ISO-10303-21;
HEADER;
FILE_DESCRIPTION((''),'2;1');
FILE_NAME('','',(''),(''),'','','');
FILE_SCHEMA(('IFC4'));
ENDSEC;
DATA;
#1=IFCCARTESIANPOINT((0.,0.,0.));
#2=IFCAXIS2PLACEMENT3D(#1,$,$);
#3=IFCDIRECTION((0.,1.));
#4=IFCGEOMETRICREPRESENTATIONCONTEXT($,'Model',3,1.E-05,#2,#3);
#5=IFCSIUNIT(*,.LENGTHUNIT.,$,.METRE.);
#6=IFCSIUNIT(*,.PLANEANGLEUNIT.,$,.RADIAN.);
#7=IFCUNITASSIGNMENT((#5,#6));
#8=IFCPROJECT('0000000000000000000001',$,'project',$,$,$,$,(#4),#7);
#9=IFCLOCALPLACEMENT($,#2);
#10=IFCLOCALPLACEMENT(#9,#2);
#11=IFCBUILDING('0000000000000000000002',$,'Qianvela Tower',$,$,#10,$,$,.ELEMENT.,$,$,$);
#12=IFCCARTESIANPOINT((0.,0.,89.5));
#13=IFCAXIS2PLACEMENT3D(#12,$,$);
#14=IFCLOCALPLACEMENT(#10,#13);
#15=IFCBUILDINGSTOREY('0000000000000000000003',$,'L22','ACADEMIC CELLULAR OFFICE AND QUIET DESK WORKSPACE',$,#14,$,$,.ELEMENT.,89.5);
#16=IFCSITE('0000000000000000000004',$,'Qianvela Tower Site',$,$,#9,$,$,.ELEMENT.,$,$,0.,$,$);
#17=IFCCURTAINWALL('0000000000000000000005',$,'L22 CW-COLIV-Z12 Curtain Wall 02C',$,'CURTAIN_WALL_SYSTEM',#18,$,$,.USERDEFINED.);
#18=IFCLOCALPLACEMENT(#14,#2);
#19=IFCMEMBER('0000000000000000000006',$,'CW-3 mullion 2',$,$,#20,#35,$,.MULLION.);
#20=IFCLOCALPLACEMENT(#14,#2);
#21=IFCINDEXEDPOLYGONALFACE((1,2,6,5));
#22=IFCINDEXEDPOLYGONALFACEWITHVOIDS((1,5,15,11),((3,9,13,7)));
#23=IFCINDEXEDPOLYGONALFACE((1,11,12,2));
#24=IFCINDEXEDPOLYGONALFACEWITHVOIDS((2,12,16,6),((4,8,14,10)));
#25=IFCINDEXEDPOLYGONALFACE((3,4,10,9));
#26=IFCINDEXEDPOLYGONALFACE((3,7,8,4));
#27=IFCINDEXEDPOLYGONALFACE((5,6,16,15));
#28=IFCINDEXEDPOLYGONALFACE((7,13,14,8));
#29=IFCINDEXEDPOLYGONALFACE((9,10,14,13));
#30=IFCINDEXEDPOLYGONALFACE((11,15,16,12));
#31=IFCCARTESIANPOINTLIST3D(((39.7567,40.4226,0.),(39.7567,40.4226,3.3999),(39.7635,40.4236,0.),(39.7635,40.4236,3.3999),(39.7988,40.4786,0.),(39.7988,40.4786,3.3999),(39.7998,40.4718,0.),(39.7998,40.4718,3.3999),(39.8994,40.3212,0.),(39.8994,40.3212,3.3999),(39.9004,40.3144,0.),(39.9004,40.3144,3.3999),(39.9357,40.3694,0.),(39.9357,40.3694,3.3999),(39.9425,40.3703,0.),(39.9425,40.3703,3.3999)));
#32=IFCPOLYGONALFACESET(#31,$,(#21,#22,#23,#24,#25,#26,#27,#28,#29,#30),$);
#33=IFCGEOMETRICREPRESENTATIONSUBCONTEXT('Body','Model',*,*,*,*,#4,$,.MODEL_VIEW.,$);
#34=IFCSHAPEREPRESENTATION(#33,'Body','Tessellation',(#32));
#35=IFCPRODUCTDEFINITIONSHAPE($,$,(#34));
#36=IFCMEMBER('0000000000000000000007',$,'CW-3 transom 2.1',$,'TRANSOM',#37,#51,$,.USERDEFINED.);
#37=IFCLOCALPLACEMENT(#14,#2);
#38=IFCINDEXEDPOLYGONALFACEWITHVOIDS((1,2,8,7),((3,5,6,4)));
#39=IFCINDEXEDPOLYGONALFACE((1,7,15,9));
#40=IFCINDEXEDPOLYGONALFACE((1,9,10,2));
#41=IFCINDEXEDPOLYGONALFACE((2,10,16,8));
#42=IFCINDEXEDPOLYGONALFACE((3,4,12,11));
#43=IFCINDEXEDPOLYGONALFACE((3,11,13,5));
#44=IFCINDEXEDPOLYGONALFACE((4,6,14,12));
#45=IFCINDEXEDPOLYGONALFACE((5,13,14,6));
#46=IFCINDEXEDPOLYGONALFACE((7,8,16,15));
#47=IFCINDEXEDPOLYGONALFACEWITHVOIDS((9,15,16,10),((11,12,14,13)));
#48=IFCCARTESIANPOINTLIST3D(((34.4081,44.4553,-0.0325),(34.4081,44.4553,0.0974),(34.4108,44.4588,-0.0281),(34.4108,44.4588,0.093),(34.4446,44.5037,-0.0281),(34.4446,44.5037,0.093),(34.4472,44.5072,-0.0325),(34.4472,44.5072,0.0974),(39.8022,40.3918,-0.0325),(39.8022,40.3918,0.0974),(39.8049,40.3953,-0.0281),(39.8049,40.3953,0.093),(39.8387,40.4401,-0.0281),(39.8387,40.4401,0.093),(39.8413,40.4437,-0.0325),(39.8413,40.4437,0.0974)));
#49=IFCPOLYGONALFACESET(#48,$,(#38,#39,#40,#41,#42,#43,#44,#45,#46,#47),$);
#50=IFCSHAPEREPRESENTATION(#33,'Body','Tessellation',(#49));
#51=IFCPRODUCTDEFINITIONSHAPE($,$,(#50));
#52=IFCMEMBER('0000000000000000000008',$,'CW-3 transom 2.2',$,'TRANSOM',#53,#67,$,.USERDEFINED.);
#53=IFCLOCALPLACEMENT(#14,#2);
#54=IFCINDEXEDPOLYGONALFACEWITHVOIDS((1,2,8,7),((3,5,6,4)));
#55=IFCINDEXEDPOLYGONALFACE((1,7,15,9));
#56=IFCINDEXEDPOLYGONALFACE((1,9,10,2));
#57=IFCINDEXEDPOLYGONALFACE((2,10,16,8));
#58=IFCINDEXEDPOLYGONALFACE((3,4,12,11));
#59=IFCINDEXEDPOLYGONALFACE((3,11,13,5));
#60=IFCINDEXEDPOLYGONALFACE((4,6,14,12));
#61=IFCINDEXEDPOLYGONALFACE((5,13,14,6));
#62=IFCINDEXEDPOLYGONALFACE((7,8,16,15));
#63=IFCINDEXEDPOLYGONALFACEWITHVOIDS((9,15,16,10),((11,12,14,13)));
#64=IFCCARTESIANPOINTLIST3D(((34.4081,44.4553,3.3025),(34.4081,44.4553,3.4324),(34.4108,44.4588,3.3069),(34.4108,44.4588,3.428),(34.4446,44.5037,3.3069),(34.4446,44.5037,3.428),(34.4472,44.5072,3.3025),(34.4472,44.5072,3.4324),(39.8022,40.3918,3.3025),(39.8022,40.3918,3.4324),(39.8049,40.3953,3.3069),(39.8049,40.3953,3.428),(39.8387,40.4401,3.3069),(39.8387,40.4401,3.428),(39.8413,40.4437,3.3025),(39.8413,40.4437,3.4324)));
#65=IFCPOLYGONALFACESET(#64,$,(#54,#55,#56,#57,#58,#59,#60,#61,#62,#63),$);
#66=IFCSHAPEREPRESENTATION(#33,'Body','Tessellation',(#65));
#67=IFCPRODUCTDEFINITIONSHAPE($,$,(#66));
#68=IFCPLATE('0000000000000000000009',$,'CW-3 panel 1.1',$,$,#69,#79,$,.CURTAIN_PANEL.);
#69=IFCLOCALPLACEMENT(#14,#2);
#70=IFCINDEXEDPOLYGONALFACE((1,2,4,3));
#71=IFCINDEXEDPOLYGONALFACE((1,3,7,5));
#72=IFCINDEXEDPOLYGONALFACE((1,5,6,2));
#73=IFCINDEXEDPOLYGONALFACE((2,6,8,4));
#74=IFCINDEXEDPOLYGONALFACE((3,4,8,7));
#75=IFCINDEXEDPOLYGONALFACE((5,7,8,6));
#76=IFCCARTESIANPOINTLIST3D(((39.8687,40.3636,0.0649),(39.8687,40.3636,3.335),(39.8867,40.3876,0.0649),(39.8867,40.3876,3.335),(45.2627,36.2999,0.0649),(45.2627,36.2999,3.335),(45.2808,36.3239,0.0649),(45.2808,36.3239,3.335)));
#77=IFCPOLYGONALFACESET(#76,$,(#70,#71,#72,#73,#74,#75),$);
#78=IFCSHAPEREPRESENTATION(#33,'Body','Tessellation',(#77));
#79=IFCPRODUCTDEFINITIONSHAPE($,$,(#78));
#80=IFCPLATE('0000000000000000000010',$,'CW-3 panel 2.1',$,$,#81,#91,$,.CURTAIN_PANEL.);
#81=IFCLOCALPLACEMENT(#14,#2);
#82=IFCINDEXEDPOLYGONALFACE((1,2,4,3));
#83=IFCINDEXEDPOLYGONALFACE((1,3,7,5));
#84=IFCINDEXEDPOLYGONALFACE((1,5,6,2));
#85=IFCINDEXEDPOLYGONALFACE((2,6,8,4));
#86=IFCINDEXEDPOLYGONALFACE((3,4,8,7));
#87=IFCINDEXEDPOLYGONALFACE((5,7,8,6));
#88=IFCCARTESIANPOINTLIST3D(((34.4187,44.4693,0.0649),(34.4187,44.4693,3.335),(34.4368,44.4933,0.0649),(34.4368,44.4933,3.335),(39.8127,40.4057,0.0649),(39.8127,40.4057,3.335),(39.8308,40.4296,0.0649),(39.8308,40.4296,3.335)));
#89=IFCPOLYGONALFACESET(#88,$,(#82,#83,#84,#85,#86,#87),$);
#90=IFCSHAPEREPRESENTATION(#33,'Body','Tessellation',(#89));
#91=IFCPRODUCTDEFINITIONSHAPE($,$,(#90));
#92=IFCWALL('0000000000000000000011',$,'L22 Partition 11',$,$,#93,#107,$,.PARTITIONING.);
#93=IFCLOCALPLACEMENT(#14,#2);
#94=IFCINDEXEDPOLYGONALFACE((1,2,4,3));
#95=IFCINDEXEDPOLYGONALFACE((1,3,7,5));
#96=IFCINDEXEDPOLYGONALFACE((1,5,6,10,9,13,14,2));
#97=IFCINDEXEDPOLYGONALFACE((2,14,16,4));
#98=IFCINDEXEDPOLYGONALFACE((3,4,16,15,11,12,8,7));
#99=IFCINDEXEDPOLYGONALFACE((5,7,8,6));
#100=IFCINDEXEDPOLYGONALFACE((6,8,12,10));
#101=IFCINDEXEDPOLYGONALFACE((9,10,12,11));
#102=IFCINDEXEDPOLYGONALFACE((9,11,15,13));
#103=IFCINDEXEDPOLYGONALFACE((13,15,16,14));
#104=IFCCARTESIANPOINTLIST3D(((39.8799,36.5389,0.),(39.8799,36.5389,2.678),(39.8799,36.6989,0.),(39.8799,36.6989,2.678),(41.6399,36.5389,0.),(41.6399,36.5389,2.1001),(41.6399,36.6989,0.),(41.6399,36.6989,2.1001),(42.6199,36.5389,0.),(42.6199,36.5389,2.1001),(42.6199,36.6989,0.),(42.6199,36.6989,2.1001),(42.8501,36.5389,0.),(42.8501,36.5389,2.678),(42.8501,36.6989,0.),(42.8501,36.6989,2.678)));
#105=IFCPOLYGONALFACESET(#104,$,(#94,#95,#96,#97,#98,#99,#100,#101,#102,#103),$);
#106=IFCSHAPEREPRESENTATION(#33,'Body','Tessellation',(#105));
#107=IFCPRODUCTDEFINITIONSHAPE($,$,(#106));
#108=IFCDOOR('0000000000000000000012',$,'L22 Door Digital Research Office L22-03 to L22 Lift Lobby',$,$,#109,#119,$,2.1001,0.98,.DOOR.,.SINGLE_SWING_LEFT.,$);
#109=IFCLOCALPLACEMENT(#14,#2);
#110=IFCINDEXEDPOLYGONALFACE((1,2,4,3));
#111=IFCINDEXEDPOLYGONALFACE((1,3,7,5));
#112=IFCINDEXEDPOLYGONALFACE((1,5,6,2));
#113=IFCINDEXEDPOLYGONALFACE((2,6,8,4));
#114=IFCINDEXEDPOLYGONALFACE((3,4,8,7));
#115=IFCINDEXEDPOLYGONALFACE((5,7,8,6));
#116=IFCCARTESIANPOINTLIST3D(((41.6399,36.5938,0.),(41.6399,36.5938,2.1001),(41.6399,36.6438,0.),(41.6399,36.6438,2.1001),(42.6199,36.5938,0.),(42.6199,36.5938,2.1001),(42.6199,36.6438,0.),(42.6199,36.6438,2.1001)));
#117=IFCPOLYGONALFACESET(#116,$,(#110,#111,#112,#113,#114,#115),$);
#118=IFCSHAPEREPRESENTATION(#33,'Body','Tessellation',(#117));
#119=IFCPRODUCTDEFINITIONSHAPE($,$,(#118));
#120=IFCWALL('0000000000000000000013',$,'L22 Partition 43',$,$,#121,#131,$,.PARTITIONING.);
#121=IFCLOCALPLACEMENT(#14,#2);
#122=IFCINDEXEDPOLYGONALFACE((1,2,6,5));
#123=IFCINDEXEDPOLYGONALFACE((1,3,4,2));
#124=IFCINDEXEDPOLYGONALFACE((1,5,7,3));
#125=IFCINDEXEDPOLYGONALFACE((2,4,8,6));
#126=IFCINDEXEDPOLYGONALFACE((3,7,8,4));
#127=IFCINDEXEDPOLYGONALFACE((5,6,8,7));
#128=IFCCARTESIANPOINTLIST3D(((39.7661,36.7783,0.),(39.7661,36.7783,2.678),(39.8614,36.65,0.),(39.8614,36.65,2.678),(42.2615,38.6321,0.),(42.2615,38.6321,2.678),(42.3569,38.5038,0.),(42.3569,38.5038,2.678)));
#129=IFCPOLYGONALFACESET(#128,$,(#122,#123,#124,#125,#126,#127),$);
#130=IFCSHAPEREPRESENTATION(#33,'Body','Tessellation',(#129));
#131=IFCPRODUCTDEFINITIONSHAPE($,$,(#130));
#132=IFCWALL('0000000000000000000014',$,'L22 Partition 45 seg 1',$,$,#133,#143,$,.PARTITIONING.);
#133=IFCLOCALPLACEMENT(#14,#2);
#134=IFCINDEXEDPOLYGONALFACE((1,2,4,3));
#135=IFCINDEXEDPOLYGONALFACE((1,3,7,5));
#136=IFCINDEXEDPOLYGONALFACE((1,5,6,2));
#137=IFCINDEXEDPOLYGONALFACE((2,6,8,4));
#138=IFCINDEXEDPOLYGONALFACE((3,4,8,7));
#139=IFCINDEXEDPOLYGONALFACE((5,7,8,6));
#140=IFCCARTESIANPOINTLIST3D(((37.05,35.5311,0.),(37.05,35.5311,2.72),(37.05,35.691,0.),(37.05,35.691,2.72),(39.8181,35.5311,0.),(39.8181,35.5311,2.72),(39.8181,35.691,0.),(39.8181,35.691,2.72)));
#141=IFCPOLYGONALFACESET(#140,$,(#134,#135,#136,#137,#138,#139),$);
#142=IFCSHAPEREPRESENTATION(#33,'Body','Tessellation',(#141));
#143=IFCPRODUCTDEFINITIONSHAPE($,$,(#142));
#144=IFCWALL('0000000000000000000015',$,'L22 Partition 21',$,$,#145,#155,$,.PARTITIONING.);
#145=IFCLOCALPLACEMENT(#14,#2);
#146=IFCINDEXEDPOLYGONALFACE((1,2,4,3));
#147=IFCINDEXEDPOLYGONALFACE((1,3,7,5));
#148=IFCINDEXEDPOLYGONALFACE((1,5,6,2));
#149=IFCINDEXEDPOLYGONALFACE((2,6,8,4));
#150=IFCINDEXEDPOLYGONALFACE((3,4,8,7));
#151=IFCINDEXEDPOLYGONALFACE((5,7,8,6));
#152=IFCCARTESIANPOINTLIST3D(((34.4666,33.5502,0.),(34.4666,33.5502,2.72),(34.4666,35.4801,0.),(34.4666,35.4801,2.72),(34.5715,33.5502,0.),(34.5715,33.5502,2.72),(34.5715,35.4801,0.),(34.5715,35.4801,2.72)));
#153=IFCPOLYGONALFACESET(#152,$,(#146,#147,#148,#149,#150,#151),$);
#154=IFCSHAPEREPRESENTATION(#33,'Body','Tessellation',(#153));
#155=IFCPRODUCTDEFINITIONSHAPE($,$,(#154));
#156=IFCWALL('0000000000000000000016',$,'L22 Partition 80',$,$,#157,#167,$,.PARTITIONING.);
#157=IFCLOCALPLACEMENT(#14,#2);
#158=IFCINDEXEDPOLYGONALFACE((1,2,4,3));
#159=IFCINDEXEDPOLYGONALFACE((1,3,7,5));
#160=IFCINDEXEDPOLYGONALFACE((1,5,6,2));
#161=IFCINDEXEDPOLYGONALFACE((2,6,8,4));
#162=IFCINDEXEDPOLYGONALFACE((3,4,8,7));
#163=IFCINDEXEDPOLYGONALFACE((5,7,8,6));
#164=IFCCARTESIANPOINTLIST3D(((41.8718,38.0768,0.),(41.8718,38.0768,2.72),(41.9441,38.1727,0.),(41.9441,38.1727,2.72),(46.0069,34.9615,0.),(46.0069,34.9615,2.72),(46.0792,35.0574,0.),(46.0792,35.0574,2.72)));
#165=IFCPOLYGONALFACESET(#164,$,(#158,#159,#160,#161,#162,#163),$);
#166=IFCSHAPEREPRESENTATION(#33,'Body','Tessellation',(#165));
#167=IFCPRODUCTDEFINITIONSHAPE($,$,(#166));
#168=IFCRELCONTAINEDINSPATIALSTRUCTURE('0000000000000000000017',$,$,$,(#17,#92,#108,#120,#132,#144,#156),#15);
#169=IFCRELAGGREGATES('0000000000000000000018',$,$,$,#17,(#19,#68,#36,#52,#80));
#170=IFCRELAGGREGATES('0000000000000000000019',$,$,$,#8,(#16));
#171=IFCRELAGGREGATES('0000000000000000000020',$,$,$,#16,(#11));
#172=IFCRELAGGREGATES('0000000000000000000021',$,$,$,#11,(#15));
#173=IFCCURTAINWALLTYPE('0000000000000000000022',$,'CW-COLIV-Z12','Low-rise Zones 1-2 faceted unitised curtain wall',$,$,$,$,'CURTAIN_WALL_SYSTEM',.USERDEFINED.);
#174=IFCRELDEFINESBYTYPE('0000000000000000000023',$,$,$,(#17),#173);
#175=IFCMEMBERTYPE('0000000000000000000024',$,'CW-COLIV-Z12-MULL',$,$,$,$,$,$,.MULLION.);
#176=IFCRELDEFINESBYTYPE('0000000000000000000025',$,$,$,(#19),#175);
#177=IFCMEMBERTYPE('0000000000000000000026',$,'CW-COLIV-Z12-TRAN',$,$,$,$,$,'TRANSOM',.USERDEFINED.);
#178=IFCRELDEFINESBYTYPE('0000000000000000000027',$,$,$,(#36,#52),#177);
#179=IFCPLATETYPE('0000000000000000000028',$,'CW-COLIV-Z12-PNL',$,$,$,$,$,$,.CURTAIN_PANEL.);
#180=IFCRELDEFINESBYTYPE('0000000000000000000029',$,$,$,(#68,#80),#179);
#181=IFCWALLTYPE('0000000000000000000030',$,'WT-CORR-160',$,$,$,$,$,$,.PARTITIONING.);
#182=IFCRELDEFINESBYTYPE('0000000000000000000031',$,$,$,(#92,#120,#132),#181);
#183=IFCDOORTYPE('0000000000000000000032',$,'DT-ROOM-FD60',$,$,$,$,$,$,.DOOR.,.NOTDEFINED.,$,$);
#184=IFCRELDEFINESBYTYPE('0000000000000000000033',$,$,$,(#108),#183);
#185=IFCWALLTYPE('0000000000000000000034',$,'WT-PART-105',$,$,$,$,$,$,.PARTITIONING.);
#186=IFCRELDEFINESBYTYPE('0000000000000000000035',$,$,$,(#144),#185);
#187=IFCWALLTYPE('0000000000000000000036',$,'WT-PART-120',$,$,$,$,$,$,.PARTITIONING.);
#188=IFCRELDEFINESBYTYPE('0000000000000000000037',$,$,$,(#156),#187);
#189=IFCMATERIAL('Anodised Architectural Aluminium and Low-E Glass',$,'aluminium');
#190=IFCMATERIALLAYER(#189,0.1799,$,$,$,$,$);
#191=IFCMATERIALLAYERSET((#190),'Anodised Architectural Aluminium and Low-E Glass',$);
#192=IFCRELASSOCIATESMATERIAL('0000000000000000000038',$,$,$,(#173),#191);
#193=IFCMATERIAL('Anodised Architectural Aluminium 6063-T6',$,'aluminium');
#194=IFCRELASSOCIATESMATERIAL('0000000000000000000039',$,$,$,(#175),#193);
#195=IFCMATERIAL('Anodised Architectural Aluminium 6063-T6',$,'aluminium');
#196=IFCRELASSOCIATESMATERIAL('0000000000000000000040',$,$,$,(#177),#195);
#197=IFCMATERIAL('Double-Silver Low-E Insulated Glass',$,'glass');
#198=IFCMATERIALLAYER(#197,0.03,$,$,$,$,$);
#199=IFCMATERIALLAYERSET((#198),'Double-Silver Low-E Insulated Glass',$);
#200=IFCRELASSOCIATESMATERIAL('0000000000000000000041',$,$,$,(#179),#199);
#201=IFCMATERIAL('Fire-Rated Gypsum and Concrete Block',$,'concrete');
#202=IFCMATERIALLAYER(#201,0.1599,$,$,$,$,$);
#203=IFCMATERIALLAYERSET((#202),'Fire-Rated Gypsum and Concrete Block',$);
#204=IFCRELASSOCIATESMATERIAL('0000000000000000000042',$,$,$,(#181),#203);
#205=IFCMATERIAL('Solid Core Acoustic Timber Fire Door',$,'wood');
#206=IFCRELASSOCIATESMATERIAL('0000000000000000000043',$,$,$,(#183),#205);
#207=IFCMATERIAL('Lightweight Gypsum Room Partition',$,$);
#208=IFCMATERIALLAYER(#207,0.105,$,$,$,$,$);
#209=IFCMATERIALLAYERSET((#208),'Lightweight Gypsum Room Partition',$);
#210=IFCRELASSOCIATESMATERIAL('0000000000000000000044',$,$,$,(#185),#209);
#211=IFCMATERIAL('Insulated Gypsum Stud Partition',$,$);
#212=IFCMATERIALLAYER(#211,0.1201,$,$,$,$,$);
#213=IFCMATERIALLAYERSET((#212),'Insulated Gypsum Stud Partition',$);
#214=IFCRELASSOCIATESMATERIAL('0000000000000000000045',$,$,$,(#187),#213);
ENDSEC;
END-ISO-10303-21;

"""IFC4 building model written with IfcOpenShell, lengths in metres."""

from ifc_helpers import new_model, si_unit, direction, frame, frame_2d, origin, origin_2d, place, context, subcontext, project, spatial, rectangle, hollow_rectangle, extrude, material, layer, layer_set, material_profile, profile_set, type_object, element, fill, aggregate, save


model = new_model("IFC4")

# Units and contexts
model_context = context("Model", 3, precision=1e-05, world=origin(), true_north=direction((0.0, 1.0)))
body_context = subcontext(model_context, "Body", "Model", "MODEL_VIEW")
ifc_project = project(units=[si_unit("LENGTHUNIT", "METRE"), si_unit("PLANEANGLEUNIT", "RADIAN")], contexts=[model_context])

# Site, building, storey
site_placement = place(None, origin())
site = spatial("IfcSite", under=ifc_project, at=site_placement, Name="Qianvela Tower Site", CompositionType="ELEMENT", RefElevation=0.0)
building_placement = place(site_placement, origin())
building = spatial("IfcBuilding", under=site, at=building_placement, Name="Qianvela Tower", CompositionType="ELEMENT")
storey_placement = place(building_placement, frame((0.0, 0.0, 89.5)))
storey = spatial("IfcBuildingStorey", under=building, at=storey_placement, Name="L22", Description="ACADEMIC CELLULAR OFFICE AND QUIET DESK WORKSPACE", CompositionType="ELEMENT", Elevation=89.5)

# Curtain wall, members, plates
ifc_material_1 = material(Name="Anodised Architectural Aluminium and Low-E Glass", Category="aluminium")
ifc_layer_1 = layer(ifc_material_1, 0.1799)
ifc_layer_set_1 = layer_set([ifc_layer_1], Name="Anodised Architectural Aluminium and Low-E Glass")
curtain_wall_type = type_object("IfcCurtainWallType", Name="CW-COLIV-Z12", Description="Low-rise Zones 1-2 faceted unitised curtain wall", ElementType="CURTAIN_WALL_SYSTEM", PredefinedType="USERDEFINED", material=ifc_layer_set_1)
curtain_wall_placement = place(storey_placement, origin())
curtain_wall = element("IfcCurtainWall", 1, at=curtain_wall_placement, inside=storey, type_object=curtain_wall_type, Name="L22 CW-COLIV-Z12 Curtain Wall 02C", ObjectType="CURTAIN_WALL_SYSTEM", PredefinedType="USERDEFINED")
ifc_material_2 = material(Name="Anodised Architectural Aluminium 6063-T6", Category="aluminium")
ifc_material_profile_1 = material_profile(ifc_material_2, hollow_rectangle(XDim=0.0701, YDim=0.1799, WallThickness=0.0049, at=origin_2d()), Name="ALU-MULL-70x180")
ifc_profile_set_1 = profile_set([ifc_material_profile_1], Name="Anodised Architectural Aluminium 6063-T6")
member_type_1 = type_object("IfcMemberType", Name="CW-COLIV-Z12-MULL", PredefinedType="MULLION", material=ifc_profile_set_1)
member_1_placement = place(storey_placement, frame((39.8496, 40.3965, 0.0), z_axis=(0.0, 0.0, 1.0), x_axis=(-0.601713, -0.798712, 0.0)))
member_1 = element("IfcMember", 2, at=member_1_placement, type_object=member_type_1, Name="CW-3 mullion 2", PredefinedType="MULLION", context=body_context, shape_type="SweptSolid", body=[
    extrude(hollow_rectangle(XDim=0.0701, YDim=0.1799, WallThickness=0.0049, at=origin_2d()), origin(), (0.0, 0.0, 1.0), 3.3999),
])
ifc_material_3 = material(Name="Anodised Architectural Aluminium 6063-T6", Category="aluminium")
ifc_material_profile_2 = material_profile(ifc_material_3, hollow_rectangle(XDim=0.0649, YDim=0.1299, WallThickness=0.0044, at=origin_2d()), Name="ALU-TRAN-65x130")
ifc_profile_set_2 = profile_set([ifc_material_profile_2], Name="Anodised Architectural Aluminium 6063-T6")
member_type_2 = type_object("IfcMemberType", Name="CW-COLIV-Z12-TRAN", ElementType="TRANSOM", PredefinedType="USERDEFINED", material=ifc_profile_set_2)
member_2_placement = place(storey_placement, frame((39.8218, 40.4177, 0.0325), z_axis=(-0.798723, 0.601699, 0.0), x_axis=(-0.601699, -0.798723, 0.0)))
member_2 = element("IfcMember", 3, at=member_2_placement, type_object=member_type_2, Name="CW-3 transom 2.1", ObjectType="TRANSOM", PredefinedType="USERDEFINED", context=body_context, shape_type="SweptSolid", body=[
    extrude(hollow_rectangle(XDim=0.0649, YDim=0.1299, WallThickness=0.0044, at=origin_2d()), origin(), (0.0, 0.0, 1.0), 6.7534),
])
member_3_placement = place(storey_placement, frame((39.8218, 40.4177, 3.3674), z_axis=(-0.798723, 0.601699, 0.0), x_axis=(-0.601699, -0.798723, 0.0)))
member_3 = element("IfcMember", 4, at=member_3_placement, type_object=member_type_2, Name="CW-3 transom 2.2", ObjectType="TRANSOM", PredefinedType="USERDEFINED", context=body_context, shape_type="SweptSolid", body=[
    extrude(hollow_rectangle(XDim=0.0649, YDim=0.1299, WallThickness=0.0044, at=origin_2d()), origin(), (0.0, 0.0, 1.0), 6.7534),
])
ifc_material_4 = material(Name="Double-Silver Low-E Insulated Glass", Category="glass")
ifc_layer_2 = layer(ifc_material_4, 0.03)
ifc_layer_set_2 = layer_set([ifc_layer_2], Name="Double-Silver Low-E Insulated Glass")
plate_type = type_object("IfcPlateType", Name="CW-COLIV-Z12-PNL", PredefinedType="CURTAIN_PANEL", material=ifc_layer_set_2)
plate_1_placement = place(storey_placement, frame((42.5747, 38.3438, 0.0649), z_axis=(0.0, 0.0, 1.0), x_axis=(-0.798712, 0.601713, 0.0)))
plate_1 = element("IfcPlate", 5, at=plate_1_placement, type_object=plate_type, Name="CW-3 panel 1.1", PredefinedType="CURTAIN_PANEL", context=body_context, shape_type="SweptSolid", body=[
    extrude(rectangle(XDim=6.7534, YDim=0.03, at=origin_2d()), origin(), (0.0, 0.0, 1.0), 3.27),
])
plate_2_placement = place(storey_placement, frame((37.1248, 42.4495, 0.0649), z_axis=(0.0, 0.0, 1.0), x_axis=(-0.798712, 0.601713, 0.0)))
plate_2 = element("IfcPlate", 6, at=plate_2_placement, type_object=plate_type, Name="CW-3 panel 2.1", PredefinedType="CURTAIN_PANEL", context=body_context, shape_type="SweptSolid", body=[
    extrude(rectangle(XDim=6.7534, YDim=0.03, at=origin_2d()), origin(), (0.0, 0.0, 1.0), 3.27),
])
aggregate(curtain_wall, [member_1, plate_1, member_2, member_3, plate_2])

# Wall, opening, door
ifc_material_5 = material(Name="Fire-Rated Gypsum and Concrete Block", Category="concrete")
ifc_layer_3 = layer(ifc_material_5, 0.1599)
ifc_layer_set_3 = layer_set([ifc_layer_3], Name="Fire-Rated Gypsum and Concrete Block")
wall_type_1 = type_object("IfcWallType", Name="WT-CORR-160", PredefinedType="PARTITIONING", material=ifc_layer_set_3)
wall_1_placement = place(storey_placement, frame((39.8799, 36.6189, 0.0), z_axis=(0.0, 0.0, 1.0), x_axis=(1.0, 0.0, 0.0)))
wall_1 = element("IfcWall", 7, at=wall_1_placement, inside=storey, type_object=wall_type_1, Name="L22 Partition 11", PredefinedType="PARTITIONING", context=body_context, shape_type="SweptSolid", body=[
    extrude(rectangle(XDim=2.9702, YDim=0.1599, at=frame_2d((1.4851, 0.0))), origin(), (0.0, 0.0, 1.0), 2.678),
])
opening_1_placement = place(wall_1_placement, frame((1.76, 0.0, 0.0)))
opening_1 = element("IfcOpeningElement", 8, at=opening_1_placement, cuts=wall_1, PredefinedType="OPENING", context=body_context, shape_type="SweptSolid", body=[
    extrude(rectangle(XDim=0.98, YDim=2.1001, at=frame_2d((0.49, 1.05))), frame((0.0, 0.0898, 0.0), z_axis=(0.0, -1.0, 0.0), x_axis=(1.0, 0.0, 0.0)), (0.0, 0.0, 1.0), 0.1799),
])
ifc_material_6 = material(Name="Solid Core Acoustic Timber Fire Door", Category="wood")
door_type_1 = type_object("IfcDoorType", Name="DT-ROOM-FD60", OperationType="NOTDEFINED", PredefinedType="DOOR", material=ifc_material_6)
door_1_placement = place(opening_1_placement, origin())
door_1 = element("IfcDoor", 9, at=door_1_placement, inside=storey, type_object=door_type_1, Name="L22 Door Digital Research Office L22-03 to L22 Lift Lobby", OperationType="SINGLE_SWING_LEFT", OverallHeight=2.1001, OverallWidth=0.98, PredefinedType="DOOR", context=body_context, shape_type="SweptSolid", body=[
    extrude(rectangle(XDim=0.98, YDim=2.1001, at=frame_2d((0.49, 1.05))), frame((0.0, 0.0249, 0.0), z_axis=(0.0, -1.0, 0.0), x_axis=(1.0, 0.0, 0.0)), (0.0, 0.0, 1.0), 0.05),
])
fill(opening_1, door_1)

# Walls
wall_2_placement = place(storey_placement, frame((42.3091, 38.5679, 0.0), z_axis=(0.0, 0.0, 1.0), x_axis=(-0.802734, -0.596337, 0.0)))
element("IfcWall", 10, at=wall_2_placement, inside=storey, type_object=wall_type_1, Name="L22 Partition 43", PredefinedType="PARTITIONING", context=body_context, shape_type="SweptSolid", body=[
    extrude(rectangle(XDim=3.1086, YDim=0.1599, at=frame_2d((1.5542, 0.0))), origin(), (0.0, 0.0, 1.0), 2.678),
])
wall_3_placement = place(storey_placement, frame((39.8181, 35.6111, 0.0), z_axis=(0.0, 0.0, 1.0), x_axis=(-1.0, 0.0, 0.0)))
element("IfcWall", 11, at=wall_3_placement, inside=storey, type_object=wall_type_1, Name="L22 Partition 45 seg 1", PredefinedType="PARTITIONING", context=body_context, shape_type="SweptSolid", body=[
    extrude(rectangle(XDim=2.7681, YDim=0.1599, at=frame_2d((1.384, 0.0))), origin(), (0.0, 0.0, 1.0), 2.72),
])
ifc_material_7 = material(Name="Lightweight Gypsum Room Partition")
ifc_layer_4 = layer(ifc_material_7, 0.105)
ifc_layer_set_4 = layer_set([ifc_layer_4], Name="Lightweight Gypsum Room Partition")
wall_type_2 = type_object("IfcWallType", Name="WT-PART-105", PredefinedType="PARTITIONING", material=ifc_layer_set_4)
wall_4_placement = place(storey_placement, frame((34.519, 35.48, 0.0), z_axis=(0.0, 0.0, 1.0), x_axis=(0.0, -1.0, 0.0)))
element("IfcWall", 12, at=wall_4_placement, inside=storey, type_object=wall_type_2, Name="L22 Partition 21", PredefinedType="PARTITIONING", context=body_context, shape_type="SweptSolid", body=[
    extrude(rectangle(XDim=1.9299, YDim=0.105, at=frame_2d((0.9648, 0.0))), origin(), (0.0, 0.0, 1.0), 2.72),
])
ifc_material_8 = material(Name="Insulated Gypsum Stud Partition")
ifc_layer_5 = layer(ifc_material_8, 0.1201)
ifc_layer_set_5 = layer_set([ifc_layer_5], Name="Insulated Gypsum Stud Partition")
wall_type_3 = type_object("IfcWallType", Name="WT-PART-120", PredefinedType="PARTITIONING", material=ifc_layer_set_5)
wall_5_placement = place(storey_placement, frame((41.908, 38.1248, 0.0), z_axis=(0.0, 0.0, 1.0), x_axis=(0.798702, -0.601726, 0.0)))
element("IfcWall", 13, at=wall_5_placement, inside=storey, type_object=wall_type_3, Name="L22 Partition 80", PredefinedType="PARTITIONING", context=body_context, shape_type="SweptSolid", body=[
    extrude(rectangle(XDim=5.1772, YDim=0.1201, at=frame_2d((2.5886, 0.0))), origin(), (0.0, 0.0, 1.0), 2.72),
])

save(model, "model.ifc")
